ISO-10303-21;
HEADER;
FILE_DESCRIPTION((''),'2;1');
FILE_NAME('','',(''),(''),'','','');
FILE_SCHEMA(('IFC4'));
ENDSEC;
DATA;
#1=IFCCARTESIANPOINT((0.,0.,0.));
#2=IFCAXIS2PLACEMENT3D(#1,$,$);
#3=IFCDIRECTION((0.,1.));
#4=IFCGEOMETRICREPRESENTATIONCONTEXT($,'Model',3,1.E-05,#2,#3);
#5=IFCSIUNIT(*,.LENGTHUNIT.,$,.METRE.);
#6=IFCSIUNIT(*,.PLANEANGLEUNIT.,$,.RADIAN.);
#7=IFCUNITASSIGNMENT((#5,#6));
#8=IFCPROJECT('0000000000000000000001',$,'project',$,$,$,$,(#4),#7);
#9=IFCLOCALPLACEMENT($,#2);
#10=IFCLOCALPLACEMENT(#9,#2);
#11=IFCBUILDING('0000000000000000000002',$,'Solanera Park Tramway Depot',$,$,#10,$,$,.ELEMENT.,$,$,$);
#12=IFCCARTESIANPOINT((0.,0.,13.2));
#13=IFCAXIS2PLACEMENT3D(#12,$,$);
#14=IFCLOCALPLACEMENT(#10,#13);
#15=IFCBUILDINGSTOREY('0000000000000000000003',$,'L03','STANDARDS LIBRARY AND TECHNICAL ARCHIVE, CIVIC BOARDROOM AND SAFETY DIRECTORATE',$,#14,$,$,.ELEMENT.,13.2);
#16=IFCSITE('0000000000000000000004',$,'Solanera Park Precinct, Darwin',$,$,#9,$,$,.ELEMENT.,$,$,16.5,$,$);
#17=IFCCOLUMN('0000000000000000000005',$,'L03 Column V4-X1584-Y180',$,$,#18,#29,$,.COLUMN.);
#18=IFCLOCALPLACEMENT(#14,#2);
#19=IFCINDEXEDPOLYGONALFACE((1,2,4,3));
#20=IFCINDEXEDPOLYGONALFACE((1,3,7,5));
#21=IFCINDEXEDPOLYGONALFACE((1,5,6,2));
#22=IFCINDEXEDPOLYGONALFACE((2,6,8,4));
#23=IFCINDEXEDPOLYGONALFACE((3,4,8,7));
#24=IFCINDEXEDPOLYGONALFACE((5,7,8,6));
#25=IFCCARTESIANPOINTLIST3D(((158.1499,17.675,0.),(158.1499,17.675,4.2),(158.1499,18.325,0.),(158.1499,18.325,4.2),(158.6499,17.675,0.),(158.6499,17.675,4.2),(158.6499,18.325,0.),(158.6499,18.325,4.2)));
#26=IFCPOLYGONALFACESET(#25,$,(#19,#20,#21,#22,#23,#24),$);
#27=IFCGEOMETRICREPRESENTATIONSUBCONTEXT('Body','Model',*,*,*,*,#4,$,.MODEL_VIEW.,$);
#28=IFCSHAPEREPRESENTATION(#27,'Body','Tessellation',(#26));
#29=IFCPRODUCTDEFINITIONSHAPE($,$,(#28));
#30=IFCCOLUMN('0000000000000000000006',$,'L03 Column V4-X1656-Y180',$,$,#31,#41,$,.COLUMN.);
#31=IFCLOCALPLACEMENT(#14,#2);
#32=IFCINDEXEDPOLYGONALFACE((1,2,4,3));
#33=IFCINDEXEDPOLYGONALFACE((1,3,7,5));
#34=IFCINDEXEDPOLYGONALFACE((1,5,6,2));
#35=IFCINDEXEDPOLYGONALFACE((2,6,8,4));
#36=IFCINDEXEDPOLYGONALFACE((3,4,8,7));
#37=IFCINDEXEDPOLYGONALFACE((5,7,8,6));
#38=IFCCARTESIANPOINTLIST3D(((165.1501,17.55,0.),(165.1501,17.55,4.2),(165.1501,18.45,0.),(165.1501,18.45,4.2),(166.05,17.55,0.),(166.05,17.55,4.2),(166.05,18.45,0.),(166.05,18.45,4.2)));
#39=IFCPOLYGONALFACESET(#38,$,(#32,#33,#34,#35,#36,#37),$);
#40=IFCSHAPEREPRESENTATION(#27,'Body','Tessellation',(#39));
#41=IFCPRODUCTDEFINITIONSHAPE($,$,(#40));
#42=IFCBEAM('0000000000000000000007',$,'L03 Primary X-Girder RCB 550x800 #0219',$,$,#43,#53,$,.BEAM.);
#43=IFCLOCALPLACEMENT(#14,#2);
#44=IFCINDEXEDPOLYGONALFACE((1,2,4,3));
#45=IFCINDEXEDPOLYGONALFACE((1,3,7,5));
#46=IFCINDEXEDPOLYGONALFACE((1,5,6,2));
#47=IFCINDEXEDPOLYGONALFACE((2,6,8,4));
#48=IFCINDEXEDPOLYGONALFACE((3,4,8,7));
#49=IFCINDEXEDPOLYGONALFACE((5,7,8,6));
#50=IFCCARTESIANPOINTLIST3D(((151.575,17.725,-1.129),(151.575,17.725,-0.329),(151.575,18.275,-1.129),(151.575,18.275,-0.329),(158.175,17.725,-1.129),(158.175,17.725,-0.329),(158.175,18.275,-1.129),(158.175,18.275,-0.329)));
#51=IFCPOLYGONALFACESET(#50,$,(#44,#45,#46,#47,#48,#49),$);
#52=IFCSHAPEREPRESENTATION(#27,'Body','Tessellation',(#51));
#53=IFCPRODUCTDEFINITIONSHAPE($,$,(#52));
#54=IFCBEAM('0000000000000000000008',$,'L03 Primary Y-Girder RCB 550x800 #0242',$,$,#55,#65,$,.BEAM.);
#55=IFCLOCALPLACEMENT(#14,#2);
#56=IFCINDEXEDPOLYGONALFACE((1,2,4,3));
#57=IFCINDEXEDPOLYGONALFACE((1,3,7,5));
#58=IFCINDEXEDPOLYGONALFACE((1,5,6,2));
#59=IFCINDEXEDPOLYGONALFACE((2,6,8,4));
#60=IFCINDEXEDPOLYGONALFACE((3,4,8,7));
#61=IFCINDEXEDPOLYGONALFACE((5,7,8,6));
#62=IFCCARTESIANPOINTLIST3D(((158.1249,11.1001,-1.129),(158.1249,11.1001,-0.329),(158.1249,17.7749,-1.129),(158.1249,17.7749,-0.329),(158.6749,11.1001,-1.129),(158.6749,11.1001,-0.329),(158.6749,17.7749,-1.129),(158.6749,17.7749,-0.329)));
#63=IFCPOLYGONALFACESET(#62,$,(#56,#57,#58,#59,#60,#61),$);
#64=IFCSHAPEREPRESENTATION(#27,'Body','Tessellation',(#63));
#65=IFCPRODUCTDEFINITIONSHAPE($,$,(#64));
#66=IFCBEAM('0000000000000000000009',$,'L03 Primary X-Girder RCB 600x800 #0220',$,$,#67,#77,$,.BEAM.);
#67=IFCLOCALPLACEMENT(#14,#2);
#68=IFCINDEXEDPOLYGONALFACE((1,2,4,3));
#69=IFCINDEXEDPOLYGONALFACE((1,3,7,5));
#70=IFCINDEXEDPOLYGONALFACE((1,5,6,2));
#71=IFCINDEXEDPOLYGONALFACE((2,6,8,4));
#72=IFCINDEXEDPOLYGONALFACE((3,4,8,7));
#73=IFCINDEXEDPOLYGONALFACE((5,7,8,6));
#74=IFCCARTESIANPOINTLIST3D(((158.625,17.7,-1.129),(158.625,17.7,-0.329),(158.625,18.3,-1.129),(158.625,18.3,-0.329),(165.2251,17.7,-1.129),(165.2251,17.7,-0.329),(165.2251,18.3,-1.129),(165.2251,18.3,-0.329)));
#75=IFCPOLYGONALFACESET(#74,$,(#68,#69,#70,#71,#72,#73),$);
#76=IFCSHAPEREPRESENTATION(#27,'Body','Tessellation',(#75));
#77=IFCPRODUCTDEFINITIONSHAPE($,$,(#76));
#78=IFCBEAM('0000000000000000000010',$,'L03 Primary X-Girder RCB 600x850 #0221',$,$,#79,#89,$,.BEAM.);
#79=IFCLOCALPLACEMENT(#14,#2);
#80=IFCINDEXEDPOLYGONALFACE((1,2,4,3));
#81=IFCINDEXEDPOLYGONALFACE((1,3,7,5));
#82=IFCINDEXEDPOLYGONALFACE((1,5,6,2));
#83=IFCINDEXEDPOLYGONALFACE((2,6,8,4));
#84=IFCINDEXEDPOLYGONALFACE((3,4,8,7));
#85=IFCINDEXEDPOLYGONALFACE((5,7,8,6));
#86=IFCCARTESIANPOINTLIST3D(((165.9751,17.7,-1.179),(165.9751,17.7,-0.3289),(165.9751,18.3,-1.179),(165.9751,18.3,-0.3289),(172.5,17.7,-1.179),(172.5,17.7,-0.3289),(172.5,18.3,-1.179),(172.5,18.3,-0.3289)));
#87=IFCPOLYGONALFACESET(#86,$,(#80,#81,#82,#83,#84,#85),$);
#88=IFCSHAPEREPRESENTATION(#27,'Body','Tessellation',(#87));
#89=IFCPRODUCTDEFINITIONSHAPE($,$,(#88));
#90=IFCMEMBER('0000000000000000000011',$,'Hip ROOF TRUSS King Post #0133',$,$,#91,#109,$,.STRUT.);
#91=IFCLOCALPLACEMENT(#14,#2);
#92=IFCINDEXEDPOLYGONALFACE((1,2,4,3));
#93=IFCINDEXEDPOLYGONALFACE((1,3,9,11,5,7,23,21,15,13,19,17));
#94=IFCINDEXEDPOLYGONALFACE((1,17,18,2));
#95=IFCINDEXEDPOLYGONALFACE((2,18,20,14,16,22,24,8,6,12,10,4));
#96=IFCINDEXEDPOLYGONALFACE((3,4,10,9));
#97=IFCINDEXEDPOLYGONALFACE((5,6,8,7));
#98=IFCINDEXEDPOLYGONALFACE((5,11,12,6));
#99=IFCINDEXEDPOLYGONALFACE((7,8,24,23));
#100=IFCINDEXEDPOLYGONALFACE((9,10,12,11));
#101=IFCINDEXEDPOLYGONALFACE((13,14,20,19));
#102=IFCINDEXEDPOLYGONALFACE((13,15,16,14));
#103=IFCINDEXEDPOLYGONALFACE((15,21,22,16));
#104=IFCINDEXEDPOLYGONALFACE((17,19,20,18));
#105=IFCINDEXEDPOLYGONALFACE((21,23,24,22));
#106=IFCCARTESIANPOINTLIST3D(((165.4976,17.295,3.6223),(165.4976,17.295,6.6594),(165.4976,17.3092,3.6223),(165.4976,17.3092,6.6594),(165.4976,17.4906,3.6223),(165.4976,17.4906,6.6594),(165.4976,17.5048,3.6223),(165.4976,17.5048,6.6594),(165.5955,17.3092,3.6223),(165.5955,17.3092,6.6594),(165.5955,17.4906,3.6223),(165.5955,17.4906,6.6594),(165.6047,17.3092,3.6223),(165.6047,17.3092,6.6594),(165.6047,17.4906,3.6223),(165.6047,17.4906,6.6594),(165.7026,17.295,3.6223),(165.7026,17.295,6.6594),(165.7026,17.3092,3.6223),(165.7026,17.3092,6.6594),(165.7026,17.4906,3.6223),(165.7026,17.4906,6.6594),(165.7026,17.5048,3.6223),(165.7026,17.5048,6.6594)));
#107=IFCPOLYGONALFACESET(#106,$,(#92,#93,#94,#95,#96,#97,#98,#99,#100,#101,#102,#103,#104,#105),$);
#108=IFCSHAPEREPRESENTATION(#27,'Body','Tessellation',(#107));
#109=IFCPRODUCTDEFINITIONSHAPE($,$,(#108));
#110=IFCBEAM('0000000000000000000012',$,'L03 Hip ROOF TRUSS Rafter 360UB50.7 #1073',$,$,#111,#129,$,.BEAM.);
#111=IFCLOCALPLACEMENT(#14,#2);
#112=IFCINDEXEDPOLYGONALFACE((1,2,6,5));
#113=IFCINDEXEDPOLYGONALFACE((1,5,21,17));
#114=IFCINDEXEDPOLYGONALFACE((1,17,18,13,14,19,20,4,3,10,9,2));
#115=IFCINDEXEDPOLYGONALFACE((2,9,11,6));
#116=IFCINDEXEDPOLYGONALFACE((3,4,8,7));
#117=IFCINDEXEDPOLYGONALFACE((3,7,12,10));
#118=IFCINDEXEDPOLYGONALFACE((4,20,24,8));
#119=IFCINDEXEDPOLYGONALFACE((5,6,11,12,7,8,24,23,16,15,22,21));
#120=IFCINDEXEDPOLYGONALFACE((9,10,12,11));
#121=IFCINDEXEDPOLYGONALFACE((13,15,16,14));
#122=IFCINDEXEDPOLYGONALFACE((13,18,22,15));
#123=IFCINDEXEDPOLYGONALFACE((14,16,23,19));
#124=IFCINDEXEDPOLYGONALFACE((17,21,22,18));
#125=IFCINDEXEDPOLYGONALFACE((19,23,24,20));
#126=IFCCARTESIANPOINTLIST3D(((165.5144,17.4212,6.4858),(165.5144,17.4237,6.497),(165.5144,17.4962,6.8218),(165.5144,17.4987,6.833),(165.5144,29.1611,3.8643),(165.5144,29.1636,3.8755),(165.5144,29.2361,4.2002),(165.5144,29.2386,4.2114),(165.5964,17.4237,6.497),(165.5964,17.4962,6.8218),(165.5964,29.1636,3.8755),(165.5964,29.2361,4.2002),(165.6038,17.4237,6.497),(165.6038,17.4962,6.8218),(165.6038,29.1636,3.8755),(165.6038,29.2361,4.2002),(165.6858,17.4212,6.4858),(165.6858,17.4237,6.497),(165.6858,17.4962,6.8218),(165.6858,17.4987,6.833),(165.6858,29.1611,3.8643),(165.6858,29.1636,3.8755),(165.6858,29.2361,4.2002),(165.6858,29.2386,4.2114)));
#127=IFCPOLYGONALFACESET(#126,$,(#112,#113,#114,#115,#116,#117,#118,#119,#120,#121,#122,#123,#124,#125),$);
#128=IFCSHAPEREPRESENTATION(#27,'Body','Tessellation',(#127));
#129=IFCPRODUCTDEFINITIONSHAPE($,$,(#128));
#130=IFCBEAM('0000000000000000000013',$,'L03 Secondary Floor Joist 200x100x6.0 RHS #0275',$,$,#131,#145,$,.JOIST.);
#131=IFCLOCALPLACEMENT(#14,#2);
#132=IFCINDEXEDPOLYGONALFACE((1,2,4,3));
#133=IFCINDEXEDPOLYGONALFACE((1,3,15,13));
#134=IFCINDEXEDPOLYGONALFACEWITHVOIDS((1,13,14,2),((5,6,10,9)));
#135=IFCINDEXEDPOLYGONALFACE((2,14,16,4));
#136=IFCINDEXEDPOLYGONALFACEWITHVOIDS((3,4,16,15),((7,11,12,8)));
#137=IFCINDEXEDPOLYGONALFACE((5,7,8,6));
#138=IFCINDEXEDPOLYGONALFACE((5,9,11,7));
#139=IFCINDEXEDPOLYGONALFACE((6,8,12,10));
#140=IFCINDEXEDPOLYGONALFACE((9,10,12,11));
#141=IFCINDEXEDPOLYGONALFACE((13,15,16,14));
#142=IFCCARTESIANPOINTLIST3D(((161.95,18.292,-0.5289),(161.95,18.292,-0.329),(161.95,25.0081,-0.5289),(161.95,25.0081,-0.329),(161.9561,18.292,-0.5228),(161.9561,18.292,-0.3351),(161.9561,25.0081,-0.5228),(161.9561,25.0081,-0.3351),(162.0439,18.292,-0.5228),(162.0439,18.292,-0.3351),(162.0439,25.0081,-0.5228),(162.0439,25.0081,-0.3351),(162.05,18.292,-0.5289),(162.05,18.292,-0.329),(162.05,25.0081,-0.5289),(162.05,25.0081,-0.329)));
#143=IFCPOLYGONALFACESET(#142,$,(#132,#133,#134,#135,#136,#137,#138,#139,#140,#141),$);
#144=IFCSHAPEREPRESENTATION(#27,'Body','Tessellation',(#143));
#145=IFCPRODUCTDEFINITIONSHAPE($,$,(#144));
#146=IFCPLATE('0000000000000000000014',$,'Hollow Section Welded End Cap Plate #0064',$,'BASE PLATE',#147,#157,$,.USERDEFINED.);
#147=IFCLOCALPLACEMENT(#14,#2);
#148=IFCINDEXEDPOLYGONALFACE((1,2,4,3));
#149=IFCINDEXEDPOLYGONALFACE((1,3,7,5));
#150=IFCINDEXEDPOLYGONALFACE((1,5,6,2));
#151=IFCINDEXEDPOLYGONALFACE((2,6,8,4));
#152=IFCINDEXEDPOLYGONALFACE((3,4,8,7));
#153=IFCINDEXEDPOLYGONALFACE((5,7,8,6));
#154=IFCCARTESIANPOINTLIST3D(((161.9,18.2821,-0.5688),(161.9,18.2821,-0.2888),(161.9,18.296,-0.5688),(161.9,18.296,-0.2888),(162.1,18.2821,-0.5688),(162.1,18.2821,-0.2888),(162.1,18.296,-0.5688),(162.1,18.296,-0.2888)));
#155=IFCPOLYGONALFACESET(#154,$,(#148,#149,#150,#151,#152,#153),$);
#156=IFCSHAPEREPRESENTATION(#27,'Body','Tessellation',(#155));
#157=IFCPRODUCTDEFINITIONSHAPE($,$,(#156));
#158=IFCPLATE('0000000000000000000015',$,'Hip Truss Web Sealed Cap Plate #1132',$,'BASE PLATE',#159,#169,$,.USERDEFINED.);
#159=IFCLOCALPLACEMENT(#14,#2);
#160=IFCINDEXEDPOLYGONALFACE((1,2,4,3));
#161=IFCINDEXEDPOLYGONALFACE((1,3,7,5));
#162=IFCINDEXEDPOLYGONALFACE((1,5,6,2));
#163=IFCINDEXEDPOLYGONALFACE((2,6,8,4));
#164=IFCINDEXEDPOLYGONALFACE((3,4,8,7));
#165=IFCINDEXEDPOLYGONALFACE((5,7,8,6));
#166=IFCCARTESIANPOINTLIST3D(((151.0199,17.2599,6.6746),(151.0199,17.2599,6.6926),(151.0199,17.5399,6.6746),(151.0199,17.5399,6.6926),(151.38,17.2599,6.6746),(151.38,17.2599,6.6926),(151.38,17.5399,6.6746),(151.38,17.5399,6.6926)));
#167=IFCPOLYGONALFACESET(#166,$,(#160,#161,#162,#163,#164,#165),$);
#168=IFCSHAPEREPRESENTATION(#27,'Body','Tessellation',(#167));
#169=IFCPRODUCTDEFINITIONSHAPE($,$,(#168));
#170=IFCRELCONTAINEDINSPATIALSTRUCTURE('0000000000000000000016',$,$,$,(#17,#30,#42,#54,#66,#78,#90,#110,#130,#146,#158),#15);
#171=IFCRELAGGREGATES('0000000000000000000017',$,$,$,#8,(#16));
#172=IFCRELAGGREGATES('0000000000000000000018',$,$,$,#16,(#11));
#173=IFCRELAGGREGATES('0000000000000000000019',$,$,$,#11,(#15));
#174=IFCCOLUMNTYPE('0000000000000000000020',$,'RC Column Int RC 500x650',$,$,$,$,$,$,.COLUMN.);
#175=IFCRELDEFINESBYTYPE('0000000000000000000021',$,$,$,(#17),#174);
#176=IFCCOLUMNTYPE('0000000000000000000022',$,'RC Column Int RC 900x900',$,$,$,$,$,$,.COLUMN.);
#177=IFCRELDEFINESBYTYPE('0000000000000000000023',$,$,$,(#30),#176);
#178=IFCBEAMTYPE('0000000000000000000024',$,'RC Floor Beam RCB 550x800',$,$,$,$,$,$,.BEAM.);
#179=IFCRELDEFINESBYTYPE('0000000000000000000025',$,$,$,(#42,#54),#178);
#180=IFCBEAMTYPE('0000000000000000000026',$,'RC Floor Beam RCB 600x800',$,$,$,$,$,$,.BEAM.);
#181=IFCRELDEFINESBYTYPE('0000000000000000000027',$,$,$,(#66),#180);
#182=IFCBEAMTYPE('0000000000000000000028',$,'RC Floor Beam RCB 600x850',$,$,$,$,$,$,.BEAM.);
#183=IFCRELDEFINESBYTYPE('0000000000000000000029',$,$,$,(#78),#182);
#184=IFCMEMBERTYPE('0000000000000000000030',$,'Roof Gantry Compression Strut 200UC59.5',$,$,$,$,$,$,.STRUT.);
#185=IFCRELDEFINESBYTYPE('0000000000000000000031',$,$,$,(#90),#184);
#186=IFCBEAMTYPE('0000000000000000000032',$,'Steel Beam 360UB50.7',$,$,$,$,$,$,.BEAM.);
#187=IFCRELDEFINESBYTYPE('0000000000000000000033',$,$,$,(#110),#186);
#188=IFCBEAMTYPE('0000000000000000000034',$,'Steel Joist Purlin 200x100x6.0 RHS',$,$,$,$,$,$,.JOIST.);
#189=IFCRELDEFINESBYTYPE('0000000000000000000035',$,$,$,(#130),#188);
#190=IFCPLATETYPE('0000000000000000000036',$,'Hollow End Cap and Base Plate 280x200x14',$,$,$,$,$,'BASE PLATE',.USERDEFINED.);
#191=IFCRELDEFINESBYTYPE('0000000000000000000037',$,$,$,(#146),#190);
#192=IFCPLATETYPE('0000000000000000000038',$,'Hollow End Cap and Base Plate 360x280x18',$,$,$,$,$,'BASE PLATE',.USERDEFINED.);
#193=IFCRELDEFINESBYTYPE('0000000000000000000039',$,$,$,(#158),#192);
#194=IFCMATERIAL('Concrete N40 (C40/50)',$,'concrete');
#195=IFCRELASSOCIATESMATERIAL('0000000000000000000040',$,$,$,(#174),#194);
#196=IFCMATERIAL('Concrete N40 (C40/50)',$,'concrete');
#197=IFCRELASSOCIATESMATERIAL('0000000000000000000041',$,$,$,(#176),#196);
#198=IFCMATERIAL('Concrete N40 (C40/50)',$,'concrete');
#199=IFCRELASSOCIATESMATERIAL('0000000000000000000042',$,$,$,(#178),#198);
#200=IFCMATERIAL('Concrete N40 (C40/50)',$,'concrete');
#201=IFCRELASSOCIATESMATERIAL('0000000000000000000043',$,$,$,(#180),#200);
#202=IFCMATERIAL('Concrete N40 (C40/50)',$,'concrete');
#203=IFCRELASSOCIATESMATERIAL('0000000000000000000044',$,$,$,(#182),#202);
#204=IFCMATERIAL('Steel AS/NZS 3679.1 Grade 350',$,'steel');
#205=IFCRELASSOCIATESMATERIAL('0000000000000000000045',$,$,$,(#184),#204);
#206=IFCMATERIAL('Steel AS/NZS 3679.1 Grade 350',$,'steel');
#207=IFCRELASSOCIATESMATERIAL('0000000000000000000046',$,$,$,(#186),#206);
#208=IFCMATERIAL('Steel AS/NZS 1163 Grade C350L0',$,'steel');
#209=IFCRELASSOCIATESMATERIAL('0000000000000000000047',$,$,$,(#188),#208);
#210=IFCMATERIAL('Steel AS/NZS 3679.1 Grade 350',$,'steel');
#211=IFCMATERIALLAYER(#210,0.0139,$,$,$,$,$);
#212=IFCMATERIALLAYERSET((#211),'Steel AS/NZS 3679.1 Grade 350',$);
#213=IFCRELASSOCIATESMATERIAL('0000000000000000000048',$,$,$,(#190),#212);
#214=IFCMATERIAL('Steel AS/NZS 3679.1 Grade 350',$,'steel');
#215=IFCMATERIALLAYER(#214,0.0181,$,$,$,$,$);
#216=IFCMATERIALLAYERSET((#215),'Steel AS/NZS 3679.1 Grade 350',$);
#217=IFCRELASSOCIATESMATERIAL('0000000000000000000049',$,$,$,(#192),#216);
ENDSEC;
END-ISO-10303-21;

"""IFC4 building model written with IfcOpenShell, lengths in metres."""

from ifc_helpers import new_model, si_unit, direction, frame, origin, origin_2d, place, context, subcontext, project, spatial, rectangle, hollow_rectangle, i_section, extrude, material, layer, layer_set, material_profile, profile_set, type_object, element, save


model = new_model("IFC4")

# Units and contexts
model_context = context("Model", 3, precision=1e-05, world=origin(), true_north=direction((0.0, 1.0)))
body_context = subcontext(model_context, "Body", "Model", "MODEL_VIEW")
ifc_project = project(units=[si_unit("LENGTHUNIT", "METRE"), si_unit("PLANEANGLEUNIT", "RADIAN")], contexts=[model_context])

# Site, building, storey
site_placement = place(None, origin())
site = spatial("IfcSite", under=ifc_project, at=site_placement, Name="Solanera Park Precinct, Darwin", CompositionType="ELEMENT", RefElevation=16.5)
building_placement = place(site_placement, origin())
building = spatial("IfcBuilding", under=site, at=building_placement, Name="Solanera Park Tramway Depot", CompositionType="ELEMENT")
storey_placement = place(building_placement, frame((0.0, 0.0, 13.2)))
storey = spatial("IfcBuildingStorey", under=building, at=storey_placement, Name="L03", Description="STANDARDS LIBRARY AND TECHNICAL ARCHIVE, CIVIC BOARDROOM AND SAFETY DIRECTORATE", CompositionType="ELEMENT", Elevation=13.2)

# Columns
ifc_material_1 = material(Name="Concrete N40 (C40/50)", Category="concrete")
ifc_material_profile_1 = material_profile(ifc_material_1, rectangle(XDim=0.5, YDim=0.6499, at=origin_2d()), Name="RC 500x650")
ifc_profile_set_1 = profile_set([ifc_material_profile_1], Name="Concrete N40 (C40/50)")
column_type_1 = type_object("IfcColumnType", Name="RC Column Int RC 500x650", PredefinedType="COLUMN", material=ifc_profile_set_1)
column_1_placement = place(storey_placement, frame((158.3999, 18.0, 0.0), z_axis=(0.0, 0.0, 1.0), x_axis=(1.0, 0.0, 0.0)))
element("IfcColumn", 1, at=column_1_placement, inside=storey, type_object=column_type_1, Name="L03 Column V4-X1584-Y180", PredefinedType="COLUMN", context=body_context, shape_type="SweptSolid", body=[
    extrude(rectangle(XDim=0.5, YDim=0.6499, at=origin_2d()), origin(), (0.0, 0.0, 1.0), 4.2),
])
ifc_material_2 = material(Name="Concrete N40 (C40/50)", Category="concrete")
ifc_material_profile_2 = material_profile(ifc_material_2, rectangle(XDim=0.8999, YDim=0.8999, at=origin_2d()), Name="RC 900x900")
ifc_profile_set_2 = profile_set([ifc_material_profile_2], Name="Concrete N40 (C40/50)")
column_type_2 = type_object("IfcColumnType", Name="RC Column Int RC 900x900", PredefinedType="COLUMN", material=ifc_profile_set_2)
column_2_placement = place(storey_placement, frame((165.6001, 18.0, 0.0), z_axis=(0.0, 0.0, 1.0), x_axis=(1.0, 0.0, 0.0)))
element("IfcColumn", 2, at=column_2_placement, inside=storey, type_object=column_type_2, Name="L03 Column V4-X1656-Y180", PredefinedType="COLUMN", context=body_context, shape_type="SweptSolid", body=[
    extrude(rectangle(XDim=0.8999, YDim=0.8999, at=origin_2d()), origin(), (0.0, 0.0, 1.0), 4.2),
])

# Beams
ifc_material_3 = material(Name="Concrete N40 (C40/50)", Category="concrete")
ifc_material_profile_3 = material_profile(ifc_material_3, rectangle(XDim=0.55, YDim=0.8, at=origin_2d()), Name="RCB 550x800")
ifc_profile_set_3 = profile_set([ifc_material_profile_3], Name="Concrete N40 (C40/50)")
beam_type_1 = type_object("IfcBeamType", Name="RC Floor Beam RCB 550x800", PredefinedType="BEAM", material=ifc_profile_set_3)
beam_1_placement = place(storey_placement, frame((151.575, 18.0, -0.729), z_axis=(1.0, 0.0, 0.0), x_axis=(0.0, 1.0, 0.0)))
element("IfcBeam", 3, at=beam_1_placement, inside=storey, type_object=beam_type_1, Name="L03 Primary X-Girder RCB 550x800 #0219", PredefinedType="BEAM", context=body_context, shape_type="SweptSolid", body=[
    extrude(rectangle(XDim=0.55, YDim=0.8, at=origin_2d()), origin(), (0.0, 0.0, 1.0), 6.6001),
])
beam_2_placement = place(storey_placement, frame((158.3999, 11.1001, -0.729), z_axis=(0.0, 1.0, 0.0), x_axis=(-1.0, 0.0, 0.0)))
element("IfcBeam", 4, at=beam_2_placement, inside=storey, type_object=beam_type_1, Name="L03 Primary Y-Girder RCB 550x800 #0242", PredefinedType="BEAM", context=body_context, shape_type="SweptSolid", body=[
    extrude(rectangle(XDim=0.55, YDim=0.8, at=origin_2d()), origin(), (0.0, 0.0, 1.0), 6.6748),
])
ifc_material_4 = material(Name="Concrete N40 (C40/50)", Category="concrete")
ifc_material_profile_4 = material_profile(ifc_material_4, rectangle(XDim=0.6001, YDim=0.8, at=origin_2d()), Name="RCB 600x800")
ifc_profile_set_4 = profile_set([ifc_material_profile_4], Name="Concrete N40 (C40/50)")
beam_type_2 = type_object("IfcBeamType", Name="RC Floor Beam RCB 600x800", PredefinedType="BEAM", material=ifc_profile_set_4)
beam_3_placement = place(storey_placement, frame((158.625, 18.0, -0.729), z_axis=(1.0, 0.0, 0.0), x_axis=(0.0, 1.0, 0.0)))
element("IfcBeam", 5, at=beam_3_placement, inside=storey, type_object=beam_type_2, Name="L03 Primary X-Girder RCB 600x800 #0220", PredefinedType="BEAM", context=body_context, shape_type="SweptSolid", body=[
    extrude(rectangle(XDim=0.6001, YDim=0.8, at=origin_2d()), origin(), (0.0, 0.0, 1.0), 6.6001),
])
ifc_material_5 = material(Name="Concrete N40 (C40/50)", Category="concrete")
ifc_material_profile_5 = material_profile(ifc_material_5, rectangle(XDim=0.6001, YDim=0.8501, at=origin_2d()), Name="RCB 600x850")
ifc_profile_set_5 = profile_set([ifc_material_profile_5], Name="Concrete N40 (C40/50)")
beam_type_3 = type_object("IfcBeamType", Name="RC Floor Beam RCB 600x850", PredefinedType="BEAM", material=ifc_profile_set_5)
beam_4_placement = place(storey_placement, frame((165.9751, 18.0, -0.7539), z_axis=(1.0, 0.0, 0.0), x_axis=(0.0, 1.0, 0.0)))
element("IfcBeam", 6, at=beam_4_placement, inside=storey, type_object=beam_type_3, Name="L03 Primary X-Girder RCB 600x850 #0221", PredefinedType="BEAM", context=body_context, shape_type="SweptSolid", body=[
    extrude(rectangle(XDim=0.6001, YDim=0.8501, at=origin_2d()), origin(), (0.0, 0.0, 1.0), 6.5249),
])

# Member
ifc_material_6 = material(Name="Steel AS/NZS 3679.1 Grade 350", Category="steel")
ifc_material_profile_6 = material_profile(ifc_material_6, i_section(OverallWidth=0.2051, OverallDepth=0.2097, WebThickness=0.0093, FlangeThickness=0.0142, at=origin_2d()), Name="200UC59.5")
ifc_profile_set_6 = profile_set([ifc_material_profile_6], Name="Steel AS/NZS 3679.1 Grade 350")
member_type = type_object("IfcMemberType", Name="Roof Gantry Compression Strut 200UC59.5", PredefinedType="STRUT", material=ifc_profile_set_6)
member_placement = place(storey_placement, frame((165.6001, 17.3999, 3.6223), z_axis=(0.0, 0.0, 1.0), x_axis=(1.0, 0.0, 0.0)))
element("IfcMember", 7, at=member_placement, inside=storey, type_object=member_type, Name="Hip ROOF TRUSS King Post #0133", PredefinedType="STRUT", context=body_context, shape_type="SweptSolid", body=[
    extrude(i_section(OverallWidth=0.2051, OverallDepth=0.2097, WebThickness=0.0093, FlangeThickness=0.0142, at=origin_2d()), origin(), (0.0, 0.0, 1.0), 3.0371),
])

# Beams
ifc_material_7 = material(Name="Steel AS/NZS 3679.1 Grade 350", Category="steel")
ifc_material_profile_7 = material_profile(ifc_material_7, i_section(OverallWidth=0.1714, OverallDepth=0.3557, WebThickness=0.0073, FlangeThickness=0.0115, at=origin_2d()), Name="360UB50.7")
ifc_profile_set_7 = profile_set([ifc_material_profile_7], Name="Steel AS/NZS 3679.1 Grade 350")
beam_type_4 = type_object("IfcBeamType", Name="Steel Beam 360UB50.7", PredefinedType="BEAM", material=ifc_profile_set_7)
beam_5_placement = place(storey_placement, frame((165.6001, 17.46, 6.6594), z_axis=(0.0, 0.975963, -0.217936), x_axis=(-1.0, 0.0, 0.0)))
element("IfcBeam", 8, at=beam_5_placement, inside=storey, type_object=beam_type_4, Name="L03 Hip ROOF TRUSS Rafter 360UB50.7 #1073", PredefinedType="BEAM", context=body_context, shape_type="SweptSolid", body=[
    extrude(i_section(OverallWidth=0.1714, OverallDepth=0.3557, WebThickness=0.0073, FlangeThickness=0.0115, at=origin_2d()), origin(), (0.0, 0.0, 1.0), 12.0291),
])
ifc_material_8 = material(Name="Steel AS/NZS 1163 Grade C350L0", Category="steel")
ifc_material_profile_8 = material_profile(ifc_material_8, hollow_rectangle(XDim=0.1001, YDim=0.2, WallThickness=0.0061, at=origin_2d()), Name="200x100x6.0 RHS")
ifc_profile_set_8 = profile_set([ifc_material_profile_8], Name="Steel AS/NZS 1163 Grade C350L0")
beam_type_5 = type_object("IfcBeamType", Name="Steel Joist Purlin 200x100x6.0 RHS", PredefinedType="JOIST", material=ifc_profile_set_8)
beam_6_placement = place(storey_placement, frame((162.0, 18.292, -0.429), z_axis=(0.0, 1.0, 0.0), x_axis=(-1.0, 0.0, 0.0)))
element("IfcBeam", 9, at=beam_6_placement, inside=storey, type_object=beam_type_5, Name="L03 Secondary Floor Joist 200x100x6.0 RHS #0275", PredefinedType="JOIST", context=body_context, shape_type="SweptSolid", body=[
    extrude(hollow_rectangle(XDim=0.1001, YDim=0.2, WallThickness=0.0061, at=origin_2d()), origin(), (0.0, 0.0, 1.0), 6.7161),
])

# Plates
ifc_material_9 = material(Name="Steel AS/NZS 3679.1 Grade 350", Category="steel")
ifc_layer_1 = layer(ifc_material_9, 0.0139)
ifc_layer_set_1 = layer_set([ifc_layer_1], Name="Steel AS/NZS 3679.1 Grade 350")
plate_type_1 = type_object("IfcPlateType", Name="Hollow End Cap and Base Plate 280x200x14", ElementType="BASE PLATE", PredefinedType="USERDEFINED", material=ifc_layer_set_1)
plate_placement = place(storey_placement, frame((162.0, 18.2891, -0.5688), z_axis=(0.0, 0.0, 1.0), x_axis=(0.0, 1.0, 0.0)))
element("IfcPlate", 10, at=plate_placement, inside=storey, type_object=plate_type_1, Name="Hollow Section Welded End Cap Plate #0064", ObjectType="BASE PLATE", PredefinedType="USERDEFINED", context=body_context, shape_type="SweptSolid", body=[
    extrude(rectangle(XDim=0.0139, YDim=0.2, at=origin_2d()), origin(), (0.0, 0.0, 1.0), 0.28),
])
ifc_material_10 = material(Name="Steel AS/NZS 3679.1 Grade 350", Category="steel")
ifc_layer_2 = layer(ifc_material_10, 0.0181)
ifc_layer_set_2 = layer_set([ifc_layer_2], Name="Steel AS/NZS 3679.1 Grade 350")
plate_type_2 = type_object("IfcPlateType", Name="Hollow End Cap and Base Plate 360x280x18", ElementType="BASE PLATE", PredefinedType="USERDEFINED", material=ifc_layer_set_2)
for number, where, z_axis, x_axis, name in (
    (11, (151.2, 17.3999, 6.6746), (0.0, 0.0, 1.0), (1.0, 0.0, 0.0), "Hip Truss Web Sealed Cap Plate #1132"),
):
    element("IfcPlate", number, at=place(storey_placement, frame(where, z_axis=z_axis, x_axis=x_axis)), inside=storey, type_object=plate_type_2, Name=name, ObjectType="BASE PLATE", PredefinedType="USERDEFINED", context=body_context, shape_type="SweptSolid", body=[
        extrude(rectangle(XDim=0.3601, YDim=0.28, at=origin_2d()), origin(), (0.0, 0.0, 1.0), 0.0181),
    ])

save(model, "model.ifc")
